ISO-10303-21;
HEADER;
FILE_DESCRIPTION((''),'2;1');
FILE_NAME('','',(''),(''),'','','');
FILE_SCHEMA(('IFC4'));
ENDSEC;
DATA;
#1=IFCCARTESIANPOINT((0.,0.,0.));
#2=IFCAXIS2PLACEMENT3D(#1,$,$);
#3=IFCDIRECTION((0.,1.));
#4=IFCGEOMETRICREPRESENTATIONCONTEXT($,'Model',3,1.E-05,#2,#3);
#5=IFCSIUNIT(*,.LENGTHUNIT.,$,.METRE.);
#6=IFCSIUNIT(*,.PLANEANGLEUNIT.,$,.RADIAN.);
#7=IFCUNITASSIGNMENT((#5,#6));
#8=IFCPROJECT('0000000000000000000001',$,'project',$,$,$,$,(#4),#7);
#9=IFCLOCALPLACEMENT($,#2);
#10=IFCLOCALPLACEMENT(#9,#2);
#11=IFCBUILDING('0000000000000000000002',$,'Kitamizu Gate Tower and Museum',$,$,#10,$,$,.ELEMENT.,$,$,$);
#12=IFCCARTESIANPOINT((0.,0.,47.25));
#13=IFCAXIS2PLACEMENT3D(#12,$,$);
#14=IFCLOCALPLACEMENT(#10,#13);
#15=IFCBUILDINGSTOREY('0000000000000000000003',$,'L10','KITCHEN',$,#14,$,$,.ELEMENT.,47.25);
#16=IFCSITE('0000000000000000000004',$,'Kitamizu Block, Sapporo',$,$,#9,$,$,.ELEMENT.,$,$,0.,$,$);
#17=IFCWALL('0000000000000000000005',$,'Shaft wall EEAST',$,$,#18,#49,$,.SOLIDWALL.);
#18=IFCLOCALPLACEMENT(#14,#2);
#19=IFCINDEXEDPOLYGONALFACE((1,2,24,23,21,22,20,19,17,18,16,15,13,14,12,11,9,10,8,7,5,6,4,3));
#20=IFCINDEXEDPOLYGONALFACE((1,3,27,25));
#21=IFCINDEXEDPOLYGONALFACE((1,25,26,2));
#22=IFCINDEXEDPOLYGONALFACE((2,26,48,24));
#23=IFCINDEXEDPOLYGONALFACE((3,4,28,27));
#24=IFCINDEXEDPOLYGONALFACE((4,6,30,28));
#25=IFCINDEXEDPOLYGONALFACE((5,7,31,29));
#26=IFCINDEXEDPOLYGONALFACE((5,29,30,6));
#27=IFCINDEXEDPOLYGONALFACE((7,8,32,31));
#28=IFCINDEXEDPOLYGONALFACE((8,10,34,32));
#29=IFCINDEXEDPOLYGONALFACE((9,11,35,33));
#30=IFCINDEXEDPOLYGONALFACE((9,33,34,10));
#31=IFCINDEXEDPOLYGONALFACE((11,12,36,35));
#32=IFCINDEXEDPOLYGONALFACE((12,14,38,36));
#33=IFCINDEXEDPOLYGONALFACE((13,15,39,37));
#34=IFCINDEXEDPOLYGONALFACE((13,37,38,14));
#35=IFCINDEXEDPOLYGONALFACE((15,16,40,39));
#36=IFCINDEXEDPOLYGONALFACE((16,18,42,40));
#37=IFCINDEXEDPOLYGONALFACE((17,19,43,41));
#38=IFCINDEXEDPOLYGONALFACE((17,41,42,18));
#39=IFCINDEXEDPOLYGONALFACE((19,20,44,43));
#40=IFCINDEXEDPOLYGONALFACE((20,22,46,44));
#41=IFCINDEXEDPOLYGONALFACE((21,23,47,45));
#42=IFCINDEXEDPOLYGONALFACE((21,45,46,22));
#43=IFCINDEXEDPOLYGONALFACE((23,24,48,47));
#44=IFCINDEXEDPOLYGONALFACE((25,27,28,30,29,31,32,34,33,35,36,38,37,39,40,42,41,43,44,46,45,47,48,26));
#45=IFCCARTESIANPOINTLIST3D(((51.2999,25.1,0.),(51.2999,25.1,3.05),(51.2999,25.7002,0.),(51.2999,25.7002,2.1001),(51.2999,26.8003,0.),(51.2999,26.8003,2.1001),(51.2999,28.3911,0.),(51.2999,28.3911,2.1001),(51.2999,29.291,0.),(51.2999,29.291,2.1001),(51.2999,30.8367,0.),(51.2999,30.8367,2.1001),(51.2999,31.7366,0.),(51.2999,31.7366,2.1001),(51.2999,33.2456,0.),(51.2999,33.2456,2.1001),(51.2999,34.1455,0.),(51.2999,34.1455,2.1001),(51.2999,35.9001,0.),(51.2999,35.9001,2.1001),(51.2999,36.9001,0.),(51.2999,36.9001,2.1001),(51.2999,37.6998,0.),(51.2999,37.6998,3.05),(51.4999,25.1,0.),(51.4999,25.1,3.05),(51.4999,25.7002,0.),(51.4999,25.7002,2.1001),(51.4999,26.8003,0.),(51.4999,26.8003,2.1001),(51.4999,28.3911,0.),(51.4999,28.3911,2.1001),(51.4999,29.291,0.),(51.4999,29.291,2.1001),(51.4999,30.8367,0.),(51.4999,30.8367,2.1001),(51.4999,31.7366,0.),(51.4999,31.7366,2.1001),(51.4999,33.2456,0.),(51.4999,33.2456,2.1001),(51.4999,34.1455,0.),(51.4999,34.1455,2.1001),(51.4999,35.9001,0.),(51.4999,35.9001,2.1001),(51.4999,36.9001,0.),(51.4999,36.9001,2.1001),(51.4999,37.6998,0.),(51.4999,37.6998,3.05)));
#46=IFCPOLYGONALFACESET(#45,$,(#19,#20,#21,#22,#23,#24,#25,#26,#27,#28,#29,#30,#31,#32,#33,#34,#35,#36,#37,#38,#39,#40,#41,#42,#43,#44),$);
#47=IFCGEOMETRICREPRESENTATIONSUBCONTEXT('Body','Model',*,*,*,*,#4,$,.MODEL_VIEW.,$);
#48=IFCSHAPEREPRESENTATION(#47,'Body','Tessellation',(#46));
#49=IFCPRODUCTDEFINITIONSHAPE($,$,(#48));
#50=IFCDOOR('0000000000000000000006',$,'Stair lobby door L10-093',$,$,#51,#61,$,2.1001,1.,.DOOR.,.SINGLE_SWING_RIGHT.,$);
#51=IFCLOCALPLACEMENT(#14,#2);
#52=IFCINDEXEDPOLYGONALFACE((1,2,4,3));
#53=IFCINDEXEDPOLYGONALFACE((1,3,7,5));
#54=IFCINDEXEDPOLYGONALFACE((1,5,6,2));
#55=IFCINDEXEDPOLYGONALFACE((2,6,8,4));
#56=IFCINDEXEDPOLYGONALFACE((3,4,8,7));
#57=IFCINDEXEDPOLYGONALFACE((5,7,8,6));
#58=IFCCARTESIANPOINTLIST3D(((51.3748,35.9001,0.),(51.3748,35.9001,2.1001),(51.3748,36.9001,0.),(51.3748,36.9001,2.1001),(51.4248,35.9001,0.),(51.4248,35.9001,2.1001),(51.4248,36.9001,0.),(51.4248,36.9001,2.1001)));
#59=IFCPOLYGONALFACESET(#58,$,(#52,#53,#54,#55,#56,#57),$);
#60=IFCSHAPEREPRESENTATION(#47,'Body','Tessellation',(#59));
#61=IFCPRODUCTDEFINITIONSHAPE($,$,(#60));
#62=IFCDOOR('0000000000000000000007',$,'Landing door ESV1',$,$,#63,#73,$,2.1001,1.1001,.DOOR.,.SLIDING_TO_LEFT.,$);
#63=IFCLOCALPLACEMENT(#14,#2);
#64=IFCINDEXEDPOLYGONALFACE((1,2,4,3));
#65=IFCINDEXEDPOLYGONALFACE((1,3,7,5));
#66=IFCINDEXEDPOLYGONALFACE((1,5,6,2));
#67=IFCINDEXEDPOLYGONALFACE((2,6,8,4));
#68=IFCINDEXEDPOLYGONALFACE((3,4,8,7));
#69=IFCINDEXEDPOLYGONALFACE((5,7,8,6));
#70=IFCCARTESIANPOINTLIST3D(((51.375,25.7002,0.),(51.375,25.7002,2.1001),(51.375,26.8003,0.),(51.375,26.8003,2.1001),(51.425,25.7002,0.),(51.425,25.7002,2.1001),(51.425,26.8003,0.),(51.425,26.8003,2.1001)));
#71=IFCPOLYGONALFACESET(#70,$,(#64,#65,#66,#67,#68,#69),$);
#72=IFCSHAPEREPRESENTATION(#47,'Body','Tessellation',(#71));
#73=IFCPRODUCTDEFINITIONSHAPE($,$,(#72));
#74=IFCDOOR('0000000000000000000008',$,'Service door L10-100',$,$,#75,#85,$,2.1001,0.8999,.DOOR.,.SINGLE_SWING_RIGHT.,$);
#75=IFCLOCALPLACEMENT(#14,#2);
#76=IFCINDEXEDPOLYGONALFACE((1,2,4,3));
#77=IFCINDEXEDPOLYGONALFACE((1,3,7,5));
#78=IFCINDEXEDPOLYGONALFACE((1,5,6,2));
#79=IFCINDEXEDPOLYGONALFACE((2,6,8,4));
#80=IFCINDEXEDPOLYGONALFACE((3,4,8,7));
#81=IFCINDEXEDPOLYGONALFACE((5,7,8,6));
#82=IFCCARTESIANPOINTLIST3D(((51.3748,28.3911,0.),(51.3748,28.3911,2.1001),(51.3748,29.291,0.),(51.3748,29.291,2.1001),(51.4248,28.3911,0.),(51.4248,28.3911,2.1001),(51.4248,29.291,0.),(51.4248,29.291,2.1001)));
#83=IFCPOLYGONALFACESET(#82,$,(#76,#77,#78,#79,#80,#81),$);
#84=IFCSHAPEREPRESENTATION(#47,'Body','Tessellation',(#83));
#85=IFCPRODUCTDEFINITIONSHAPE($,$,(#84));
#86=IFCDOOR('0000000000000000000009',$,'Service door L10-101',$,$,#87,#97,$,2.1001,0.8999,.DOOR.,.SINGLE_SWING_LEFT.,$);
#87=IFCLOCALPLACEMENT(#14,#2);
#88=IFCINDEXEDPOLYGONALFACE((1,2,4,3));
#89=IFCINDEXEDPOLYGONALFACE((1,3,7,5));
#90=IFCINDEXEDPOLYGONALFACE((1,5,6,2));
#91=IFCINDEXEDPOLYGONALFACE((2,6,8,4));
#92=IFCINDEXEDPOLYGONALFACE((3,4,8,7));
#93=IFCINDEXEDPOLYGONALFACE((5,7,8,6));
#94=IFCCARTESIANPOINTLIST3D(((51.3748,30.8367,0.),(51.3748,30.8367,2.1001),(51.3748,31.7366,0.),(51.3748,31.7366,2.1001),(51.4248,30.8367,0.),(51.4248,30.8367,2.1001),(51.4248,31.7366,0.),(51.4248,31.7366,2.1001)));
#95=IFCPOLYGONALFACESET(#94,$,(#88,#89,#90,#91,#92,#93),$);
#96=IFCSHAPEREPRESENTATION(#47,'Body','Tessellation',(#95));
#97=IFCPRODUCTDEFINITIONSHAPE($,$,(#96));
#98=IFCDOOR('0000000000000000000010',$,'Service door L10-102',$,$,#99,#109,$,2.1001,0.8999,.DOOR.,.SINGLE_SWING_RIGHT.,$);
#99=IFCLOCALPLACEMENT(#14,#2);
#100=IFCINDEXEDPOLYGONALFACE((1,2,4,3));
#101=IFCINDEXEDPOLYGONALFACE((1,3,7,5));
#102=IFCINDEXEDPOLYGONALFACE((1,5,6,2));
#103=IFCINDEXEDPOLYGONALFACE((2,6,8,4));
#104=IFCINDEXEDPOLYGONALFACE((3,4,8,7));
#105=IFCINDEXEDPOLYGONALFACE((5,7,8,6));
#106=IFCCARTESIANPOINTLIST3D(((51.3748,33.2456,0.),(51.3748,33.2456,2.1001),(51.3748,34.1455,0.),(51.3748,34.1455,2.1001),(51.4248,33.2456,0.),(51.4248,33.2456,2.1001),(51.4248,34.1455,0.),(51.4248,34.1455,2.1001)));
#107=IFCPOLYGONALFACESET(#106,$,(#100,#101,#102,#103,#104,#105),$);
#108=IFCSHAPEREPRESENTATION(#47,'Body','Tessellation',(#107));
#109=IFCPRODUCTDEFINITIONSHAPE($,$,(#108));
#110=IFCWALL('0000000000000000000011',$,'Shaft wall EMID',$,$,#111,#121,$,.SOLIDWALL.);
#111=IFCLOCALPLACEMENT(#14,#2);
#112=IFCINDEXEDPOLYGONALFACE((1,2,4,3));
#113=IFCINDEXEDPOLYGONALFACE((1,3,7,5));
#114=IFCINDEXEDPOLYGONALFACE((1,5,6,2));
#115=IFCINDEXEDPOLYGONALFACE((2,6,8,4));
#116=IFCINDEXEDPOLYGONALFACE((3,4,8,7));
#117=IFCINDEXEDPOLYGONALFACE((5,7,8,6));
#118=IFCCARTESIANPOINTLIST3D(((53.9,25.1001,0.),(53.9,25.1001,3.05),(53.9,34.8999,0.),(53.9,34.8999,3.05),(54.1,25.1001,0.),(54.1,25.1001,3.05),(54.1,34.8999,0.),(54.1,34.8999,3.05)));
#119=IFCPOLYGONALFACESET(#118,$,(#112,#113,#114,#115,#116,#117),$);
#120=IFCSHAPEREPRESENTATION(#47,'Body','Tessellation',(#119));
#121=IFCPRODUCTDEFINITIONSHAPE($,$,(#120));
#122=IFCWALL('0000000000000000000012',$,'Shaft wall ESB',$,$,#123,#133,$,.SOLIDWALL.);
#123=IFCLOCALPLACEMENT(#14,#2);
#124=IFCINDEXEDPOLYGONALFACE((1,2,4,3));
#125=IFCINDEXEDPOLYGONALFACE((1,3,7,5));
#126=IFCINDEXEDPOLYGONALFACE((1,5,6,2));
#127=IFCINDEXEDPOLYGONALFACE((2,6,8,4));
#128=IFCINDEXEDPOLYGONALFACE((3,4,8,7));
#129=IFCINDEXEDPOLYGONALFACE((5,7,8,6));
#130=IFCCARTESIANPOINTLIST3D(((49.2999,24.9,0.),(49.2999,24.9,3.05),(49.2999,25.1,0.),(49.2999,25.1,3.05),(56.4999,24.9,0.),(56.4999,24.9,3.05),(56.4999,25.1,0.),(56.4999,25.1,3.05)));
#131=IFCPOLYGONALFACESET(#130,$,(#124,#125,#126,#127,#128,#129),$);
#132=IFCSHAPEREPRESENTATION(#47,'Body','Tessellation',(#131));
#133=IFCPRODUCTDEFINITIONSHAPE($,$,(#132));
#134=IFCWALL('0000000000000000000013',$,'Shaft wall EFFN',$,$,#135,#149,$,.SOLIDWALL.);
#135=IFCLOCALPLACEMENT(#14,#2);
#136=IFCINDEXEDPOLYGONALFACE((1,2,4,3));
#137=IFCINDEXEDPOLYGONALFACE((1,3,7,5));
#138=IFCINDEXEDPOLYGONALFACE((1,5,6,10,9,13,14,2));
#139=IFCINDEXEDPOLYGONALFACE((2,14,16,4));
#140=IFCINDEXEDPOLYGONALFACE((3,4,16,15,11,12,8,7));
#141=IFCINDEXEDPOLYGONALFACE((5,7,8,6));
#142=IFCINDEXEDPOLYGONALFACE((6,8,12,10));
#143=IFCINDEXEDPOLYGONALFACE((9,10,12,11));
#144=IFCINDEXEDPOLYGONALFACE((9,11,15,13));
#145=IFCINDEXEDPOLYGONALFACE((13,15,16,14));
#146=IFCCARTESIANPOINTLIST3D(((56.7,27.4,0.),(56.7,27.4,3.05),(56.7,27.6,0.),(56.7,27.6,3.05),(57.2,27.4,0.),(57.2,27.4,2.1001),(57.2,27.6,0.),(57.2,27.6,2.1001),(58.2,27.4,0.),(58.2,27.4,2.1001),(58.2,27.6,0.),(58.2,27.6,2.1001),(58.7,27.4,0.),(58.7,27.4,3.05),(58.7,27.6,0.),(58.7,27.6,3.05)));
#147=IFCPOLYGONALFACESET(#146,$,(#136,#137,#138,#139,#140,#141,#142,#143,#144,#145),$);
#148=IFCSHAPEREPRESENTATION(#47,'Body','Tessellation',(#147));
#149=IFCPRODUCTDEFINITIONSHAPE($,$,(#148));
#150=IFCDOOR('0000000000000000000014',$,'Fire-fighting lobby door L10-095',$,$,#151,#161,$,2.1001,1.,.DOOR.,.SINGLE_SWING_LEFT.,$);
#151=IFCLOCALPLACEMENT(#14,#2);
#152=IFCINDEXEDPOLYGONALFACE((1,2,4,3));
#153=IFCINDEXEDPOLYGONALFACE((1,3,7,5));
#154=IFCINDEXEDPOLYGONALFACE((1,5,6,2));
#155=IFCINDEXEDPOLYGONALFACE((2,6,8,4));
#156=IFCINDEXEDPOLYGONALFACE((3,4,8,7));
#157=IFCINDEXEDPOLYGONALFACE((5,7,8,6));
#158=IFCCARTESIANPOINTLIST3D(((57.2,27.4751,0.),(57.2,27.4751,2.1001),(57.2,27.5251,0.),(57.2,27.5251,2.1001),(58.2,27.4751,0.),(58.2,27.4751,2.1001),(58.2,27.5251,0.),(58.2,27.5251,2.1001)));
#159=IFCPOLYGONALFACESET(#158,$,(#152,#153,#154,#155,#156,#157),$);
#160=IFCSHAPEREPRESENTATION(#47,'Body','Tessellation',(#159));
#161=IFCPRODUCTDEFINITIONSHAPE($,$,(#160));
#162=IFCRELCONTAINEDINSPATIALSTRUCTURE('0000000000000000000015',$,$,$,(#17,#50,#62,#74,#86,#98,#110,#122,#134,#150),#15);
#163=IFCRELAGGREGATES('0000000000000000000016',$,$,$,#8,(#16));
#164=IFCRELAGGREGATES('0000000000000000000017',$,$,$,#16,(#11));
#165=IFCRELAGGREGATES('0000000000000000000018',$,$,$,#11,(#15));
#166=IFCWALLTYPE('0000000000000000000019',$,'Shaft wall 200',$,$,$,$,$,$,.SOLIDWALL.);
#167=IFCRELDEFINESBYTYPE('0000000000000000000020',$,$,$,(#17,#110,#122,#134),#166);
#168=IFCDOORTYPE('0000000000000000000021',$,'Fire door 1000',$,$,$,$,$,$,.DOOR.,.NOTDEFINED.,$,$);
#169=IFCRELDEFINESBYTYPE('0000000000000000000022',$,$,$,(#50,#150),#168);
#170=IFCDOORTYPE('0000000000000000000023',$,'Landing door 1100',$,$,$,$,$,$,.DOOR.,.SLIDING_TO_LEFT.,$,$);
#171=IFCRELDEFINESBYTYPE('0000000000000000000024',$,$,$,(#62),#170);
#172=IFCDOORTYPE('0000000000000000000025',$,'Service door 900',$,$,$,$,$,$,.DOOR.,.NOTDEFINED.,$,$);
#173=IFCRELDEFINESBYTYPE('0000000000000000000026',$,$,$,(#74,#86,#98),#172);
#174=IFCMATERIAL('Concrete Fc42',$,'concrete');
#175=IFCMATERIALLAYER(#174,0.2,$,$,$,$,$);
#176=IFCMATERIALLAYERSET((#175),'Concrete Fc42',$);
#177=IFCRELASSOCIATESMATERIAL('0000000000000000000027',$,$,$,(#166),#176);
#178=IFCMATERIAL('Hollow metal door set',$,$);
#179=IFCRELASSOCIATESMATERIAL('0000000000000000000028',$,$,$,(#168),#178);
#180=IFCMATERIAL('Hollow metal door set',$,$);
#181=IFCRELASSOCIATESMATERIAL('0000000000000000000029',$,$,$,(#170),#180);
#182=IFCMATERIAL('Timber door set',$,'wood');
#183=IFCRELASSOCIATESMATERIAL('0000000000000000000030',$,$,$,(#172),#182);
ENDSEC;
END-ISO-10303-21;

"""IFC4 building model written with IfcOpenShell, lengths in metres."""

from ifc_helpers import new_model, si_unit, direction, frame, frame_2d, origin, place, context, subcontext, project, spatial, rectangle, extrude, material, layer, layer_set, type_object, element, fill, save


model = new_model("IFC4")

# Units and contexts
model_context = context("Model", 3, precision=1e-05, world=origin(), true_north=direction((0.0, 1.0)))
body_context = subcontext(model_context, "Body", "Model", "MODEL_VIEW")
ifc_project = project(units=[si_unit("LENGTHUNIT", "METRE"), si_unit("PLANEANGLEUNIT", "RADIAN")], contexts=[model_context])

# Site, building, storey
site_placement = place(None, origin())
site = spatial("IfcSite", under=ifc_project, at=site_placement, Name="Kitamizu Block, Sapporo", CompositionType="ELEMENT", RefElevation=0.0)
building_placement = place(site_placement, origin())
building = spatial("IfcBuilding", under=site, at=building_placement, Name="Kitamizu Gate Tower and Museum", CompositionType="ELEMENT")
storey_placement = place(building_placement, frame((0.0, 0.0, 47.25)))
storey = spatial("IfcBuildingStorey", under=building, at=storey_placement, Name="L10", Description="KITCHEN", CompositionType="ELEMENT", Elevation=47.25)

# Wall, openings, doors
ifc_material_1 = material(Name="Concrete Fc42", Category="concrete")
ifc_layer_1 = layer(ifc_material_1, 0.2)
ifc_layer_set_1 = layer_set([ifc_layer_1], Name="Concrete Fc42")
wall_type_1 = type_object("IfcWallType", Name="Shaft wall 200", PredefinedType="SOLIDWALL", material=ifc_layer_set_1)
wall_1_placement = place(storey_placement, frame((51.3999, 25.1001, 0.0), z_axis=(0.0, 0.0, 1.0), x_axis=(0.0, 1.0, 0.0)))
wall_1 = element("IfcWall", 1, at=wall_1_placement, inside=storey, type_object=wall_type_1, Name="Shaft wall EEAST", PredefinedType="SOLIDWALL", context=body_context, shape_type="SweptSolid", body=[
    extrude(rectangle(XDim=12.5999, YDim=0.2, at=frame_2d((6.2998, 0.0))), origin(), (0.0, 0.0, 1.0), 3.05),
])
opening_1_placement = place(wall_1_placement, frame((0.6001, 0.0, 0.0)))
opening_1 = element("IfcOpeningElement", 2, at=opening_1_placement, cuts=wall_1, PredefinedType="OPENING", context=body_context, shape_type="SweptSolid", body=[
    extrude(rectangle(XDim=1.1001, YDim=2.1001, at=frame_2d((0.55, 1.05))), frame((0.0, 0.1099, 0.0), z_axis=(0.0, -1.0, 0.0), x_axis=(1.0, 0.0, 0.0)), (0.0, 0.0, 1.0), 0.22),
])
opening_2_placement = place(wall_1_placement, frame((10.8, 0.0, 0.0)))
opening_2 = element("IfcOpeningElement", 3, at=opening_2_placement, cuts=wall_1, PredefinedType="OPENING", context=body_context, shape_type="SweptSolid", body=[
    extrude(rectangle(XDim=1.0, YDim=2.1001, at=frame_2d((0.5, 1.05))), frame((0.0, 0.1099, 0.0), z_axis=(0.0, -1.0, 0.0), x_axis=(1.0, 0.0, 0.0)), (0.0, 0.0, 1.0), 0.22),
])
opening_3_placement = place(wall_1_placement, frame((3.291, 0.0, 0.0)))
opening_3 = element("IfcOpeningElement", 4, at=opening_3_placement, cuts=wall_1, PredefinedType="OPENING", context=body_context, shape_type="SweptSolid", body=[
    extrude(rectangle(XDim=0.8999, YDim=2.1001, at=frame_2d((0.45, 1.05))), frame((0.0, 0.1099, 0.0), z_axis=(0.0, -1.0, 0.0), x_axis=(1.0, 0.0, 0.0)), (0.0, 0.0, 1.0), 0.22),
])
opening_4_placement = place(wall_1_placement, frame((5.7366, 0.0, 0.0)))
opening_4 = element("IfcOpeningElement", 5, at=opening_4_placement, cuts=wall_1, PredefinedType="OPENING", context=body_context, shape_type="SweptSolid", body=[
    extrude(rectangle(XDim=0.8999, YDim=2.1001, at=frame_2d((0.45, 1.05))), frame((0.0, 0.1099, 0.0), z_axis=(0.0, -1.0, 0.0), x_axis=(1.0, 0.0, 0.0)), (0.0, 0.0, 1.0), 0.22),
])
opening_5_placement = place(wall_1_placement, frame((8.1455, 0.0, 0.0)))
opening_5 = element("IfcOpeningElement", 6, at=opening_5_placement, cuts=wall_1, PredefinedType="OPENING", context=body_context, shape_type="SweptSolid", body=[
    extrude(rectangle(XDim=0.8999, YDim=2.1001, at=frame_2d((0.45, 1.05))), frame((0.0, 0.1099, 0.0), z_axis=(0.0, -1.0, 0.0), x_axis=(1.0, 0.0, 0.0)), (0.0, 0.0, 1.0), 0.22),
])
ifc_material_2 = material(Name="Hollow metal door set")
door_type_1 = type_object("IfcDoorType", Name="Fire door 1000", OperationType="NOTDEFINED", PredefinedType="DOOR", material=ifc_material_2)
door_1_placement = place(opening_2_placement, frame((1.0, 0.0, 0.0), x_axis=(-1.0, 0.0, 0.0)))
door_1 = element("IfcDoor", 7, at=door_1_placement, inside=storey, type_object=door_type_1, Name="Stair lobby door L10-093", OperationType="SINGLE_SWING_RIGHT", OverallHeight=2.1001, OverallWidth=1.0, PredefinedType="DOOR", context=body_context, shape_type="SweptSolid", body=[
    extrude(rectangle(XDim=1.0, YDim=2.1001, at=frame_2d((0.5, 1.05))), frame((0.0, 0.0249, 0.0), z_axis=(0.0, -1.0, 0.0), x_axis=(1.0, 0.0, 0.0)), (0.0, 0.0, 1.0), 0.05),
])
fill(opening_2, door_1)
ifc_material_3 = material(Name="Hollow metal door set")
door_type_2 = type_object("IfcDoorType", Name="Landing door 1100", OperationType="SLIDING_TO_LEFT", PredefinedType="DOOR", material=ifc_material_3)
door_2_placement = place(opening_1_placement, origin())
door_2 = element("IfcDoor", 8, at=door_2_placement, inside=storey, type_object=door_type_2, Name="Landing door ESV1", OperationType="SLIDING_TO_LEFT", OverallHeight=2.1001, OverallWidth=1.1001, PredefinedType="DOOR", context=body_context, shape_type="SweptSolid", body=[
    extrude(rectangle(XDim=1.1001, YDim=2.1001, at=frame_2d((0.55, 1.05))), frame((0.0, 0.0249, 0.0), z_axis=(0.0, -1.0, 0.0), x_axis=(1.0, 0.0, 0.0)), (0.0, 0.0, 1.0), 0.05),
])
fill(opening_1, door_2)
ifc_material_4 = material(Name="Timber door set", Category="wood")
door_type_3 = type_object("IfcDoorType", Name="Service door 900", OperationType="NOTDEFINED", PredefinedType="DOOR", material=ifc_material_4)
door_3_placement = place(opening_3_placement, frame((0.8999, 0.0, 0.0), x_axis=(-1.0, 0.0, 0.0)))
door_3 = element("IfcDoor", 9, at=door_3_placement, inside=storey, type_object=door_type_3, Name="Service door L10-100", OperationType="SINGLE_SWING_RIGHT", OverallHeight=2.1001, OverallWidth=0.8999, PredefinedType="DOOR", context=body_context, shape_type="SweptSolid", body=[
    extrude(rectangle(XDim=0.8999, YDim=2.1001, at=frame_2d((0.45, 1.05))), frame((0.0, 0.0249, 0.0), z_axis=(0.0, -1.0, 0.0), x_axis=(1.0, 0.0, 0.0)), (0.0, 0.0, 1.0), 0.05),
])
fill(opening_3, door_3)
door_4_placement = place(opening_4_placement, frame((0.8999, 0.0, 0.0), x_axis=(-1.0, 0.0, 0.0)))
door_4 = element("IfcDoor", 10, at=door_4_placement, inside=storey, type_object=door_type_3, Name="Service door L10-101", OperationType="SINGLE_SWING_LEFT", OverallHeight=2.1001, OverallWidth=0.8999, PredefinedType="DOOR", context=body_context, shape_type="SweptSolid", body=[
    extrude(rectangle(XDim=0.8999, YDim=2.1001, at=frame_2d((0.45, 1.05))), frame((0.0, 0.0249, 0.0), z_axis=(0.0, -1.0, 0.0), x_axis=(1.0, 0.0, 0.0)), (0.0, 0.0, 1.0), 0.05),
])
fill(opening_4, door_4)
door_5_placement = place(opening_5_placement, frame((0.8999, 0.0, 0.0), x_axis=(-1.0, 0.0, 0.0)))
door_5 = element("IfcDoor", 11, at=door_5_placement, inside=storey, type_object=door_type_3, Name="Service door L10-102", OperationType="SINGLE_SWING_RIGHT", OverallHeight=2.1001, OverallWidth=0.8999, PredefinedType="DOOR", context=body_context, shape_type="SweptSolid", body=[
    extrude(rectangle(XDim=0.8999, YDim=2.1001, at=frame_2d((0.45, 1.05))), frame((0.0, 0.0249, 0.0), z_axis=(0.0, -1.0, 0.0), x_axis=(1.0, 0.0, 0.0)), (0.0, 0.0, 1.0), 0.05),
])
fill(opening_5, door_5)

# Walls
wall_2_placement = place(storey_placement, frame((54.0, 25.1001, 0.0), z_axis=(0.0, 0.0, 1.0), x_axis=(0.0, 1.0, 0.0)))
element("IfcWall", 12, at=wall_2_placement, inside=storey, type_object=wall_type_1, Name="Shaft wall EMID", PredefinedType="SOLIDWALL", context=body_context, shape_type="SweptSolid", body=[
    extrude(rectangle(XDim=9.7998, YDim=0.2, at=frame_2d((4.8999, 0.0))), origin(), (0.0, 0.0, 1.0), 3.05),
])
wall_3_placement = place(storey_placement, frame((56.5, 25.0, 0.0), z_axis=(0.0, 0.0, 1.0), x_axis=(-1.0, 0.0, 0.0)))
element("IfcWall", 13, at=wall_3_placement, inside=storey, type_object=wall_type_1, Name="Shaft wall ESB", PredefinedType="SOLIDWALL", context=body_context, shape_type="SweptSolid", body=[
    extrude(rectangle(XDim=7.2, YDim=0.2, at=frame_2d((3.6001, 0.0))), origin(), (0.0, 0.0, 1.0), 3.05),
])

# Wall, opening, door
wall_4_placement = place(storey_placement, frame((58.7, 27.5, 0.0), z_axis=(0.0, 0.0, 1.0), x_axis=(-1.0, 0.0, 0.0)))
wall_4 = element("IfcWall", 14, at=wall_4_placement, inside=storey, type_object=wall_type_1, Name="Shaft wall EFFN", PredefinedType="SOLIDWALL", context=body_context, shape_type="SweptSolid", body=[
    extrude(rectangle(XDim=2.0, YDim=0.2, at=frame_2d((1.0, 0.0))), origin(), (0.0, 0.0, 1.0), 3.05),
])
opening_6_placement = place(wall_4_placement, frame((0.5, 0.0, 0.0)))
opening_6 = element("IfcOpeningElement", 15, at=opening_6_placement, cuts=wall_4, PredefinedType="OPENING", context=body_context, shape_type="SweptSolid", body=[
    extrude(rectangle(XDim=1.0, YDim=2.1001, at=frame_2d((0.5, 1.05))), frame((0.0, 0.1099, 0.0), z_axis=(0.0, -1.0, 0.0), x_axis=(1.0, 0.0, 0.0)), (0.0, 0.0, 1.0), 0.22),
])
door_6_placement = place(opening_6_placement, origin())
door_6 = element("IfcDoor", 16, at=door_6_placement, inside=storey, type_object=door_type_1, Name="Fire-fighting lobby door L10-095", OperationType="SINGLE_SWING_LEFT", OverallHeight=2.1001, OverallWidth=1.0, PredefinedType="DOOR", context=body_context, shape_type="SweptSolid", body=[
    extrude(rectangle(XDim=1.0, YDim=2.1001, at=frame_2d((0.5, 1.05))), frame((0.0, 0.0249, 0.0), z_axis=(0.0, -1.0, 0.0), x_axis=(1.0, 0.0, 0.0)), (0.0, 0.0, 1.0), 0.05),
])
fill(opening_6, door_6)

save(model, "model.ifc")
